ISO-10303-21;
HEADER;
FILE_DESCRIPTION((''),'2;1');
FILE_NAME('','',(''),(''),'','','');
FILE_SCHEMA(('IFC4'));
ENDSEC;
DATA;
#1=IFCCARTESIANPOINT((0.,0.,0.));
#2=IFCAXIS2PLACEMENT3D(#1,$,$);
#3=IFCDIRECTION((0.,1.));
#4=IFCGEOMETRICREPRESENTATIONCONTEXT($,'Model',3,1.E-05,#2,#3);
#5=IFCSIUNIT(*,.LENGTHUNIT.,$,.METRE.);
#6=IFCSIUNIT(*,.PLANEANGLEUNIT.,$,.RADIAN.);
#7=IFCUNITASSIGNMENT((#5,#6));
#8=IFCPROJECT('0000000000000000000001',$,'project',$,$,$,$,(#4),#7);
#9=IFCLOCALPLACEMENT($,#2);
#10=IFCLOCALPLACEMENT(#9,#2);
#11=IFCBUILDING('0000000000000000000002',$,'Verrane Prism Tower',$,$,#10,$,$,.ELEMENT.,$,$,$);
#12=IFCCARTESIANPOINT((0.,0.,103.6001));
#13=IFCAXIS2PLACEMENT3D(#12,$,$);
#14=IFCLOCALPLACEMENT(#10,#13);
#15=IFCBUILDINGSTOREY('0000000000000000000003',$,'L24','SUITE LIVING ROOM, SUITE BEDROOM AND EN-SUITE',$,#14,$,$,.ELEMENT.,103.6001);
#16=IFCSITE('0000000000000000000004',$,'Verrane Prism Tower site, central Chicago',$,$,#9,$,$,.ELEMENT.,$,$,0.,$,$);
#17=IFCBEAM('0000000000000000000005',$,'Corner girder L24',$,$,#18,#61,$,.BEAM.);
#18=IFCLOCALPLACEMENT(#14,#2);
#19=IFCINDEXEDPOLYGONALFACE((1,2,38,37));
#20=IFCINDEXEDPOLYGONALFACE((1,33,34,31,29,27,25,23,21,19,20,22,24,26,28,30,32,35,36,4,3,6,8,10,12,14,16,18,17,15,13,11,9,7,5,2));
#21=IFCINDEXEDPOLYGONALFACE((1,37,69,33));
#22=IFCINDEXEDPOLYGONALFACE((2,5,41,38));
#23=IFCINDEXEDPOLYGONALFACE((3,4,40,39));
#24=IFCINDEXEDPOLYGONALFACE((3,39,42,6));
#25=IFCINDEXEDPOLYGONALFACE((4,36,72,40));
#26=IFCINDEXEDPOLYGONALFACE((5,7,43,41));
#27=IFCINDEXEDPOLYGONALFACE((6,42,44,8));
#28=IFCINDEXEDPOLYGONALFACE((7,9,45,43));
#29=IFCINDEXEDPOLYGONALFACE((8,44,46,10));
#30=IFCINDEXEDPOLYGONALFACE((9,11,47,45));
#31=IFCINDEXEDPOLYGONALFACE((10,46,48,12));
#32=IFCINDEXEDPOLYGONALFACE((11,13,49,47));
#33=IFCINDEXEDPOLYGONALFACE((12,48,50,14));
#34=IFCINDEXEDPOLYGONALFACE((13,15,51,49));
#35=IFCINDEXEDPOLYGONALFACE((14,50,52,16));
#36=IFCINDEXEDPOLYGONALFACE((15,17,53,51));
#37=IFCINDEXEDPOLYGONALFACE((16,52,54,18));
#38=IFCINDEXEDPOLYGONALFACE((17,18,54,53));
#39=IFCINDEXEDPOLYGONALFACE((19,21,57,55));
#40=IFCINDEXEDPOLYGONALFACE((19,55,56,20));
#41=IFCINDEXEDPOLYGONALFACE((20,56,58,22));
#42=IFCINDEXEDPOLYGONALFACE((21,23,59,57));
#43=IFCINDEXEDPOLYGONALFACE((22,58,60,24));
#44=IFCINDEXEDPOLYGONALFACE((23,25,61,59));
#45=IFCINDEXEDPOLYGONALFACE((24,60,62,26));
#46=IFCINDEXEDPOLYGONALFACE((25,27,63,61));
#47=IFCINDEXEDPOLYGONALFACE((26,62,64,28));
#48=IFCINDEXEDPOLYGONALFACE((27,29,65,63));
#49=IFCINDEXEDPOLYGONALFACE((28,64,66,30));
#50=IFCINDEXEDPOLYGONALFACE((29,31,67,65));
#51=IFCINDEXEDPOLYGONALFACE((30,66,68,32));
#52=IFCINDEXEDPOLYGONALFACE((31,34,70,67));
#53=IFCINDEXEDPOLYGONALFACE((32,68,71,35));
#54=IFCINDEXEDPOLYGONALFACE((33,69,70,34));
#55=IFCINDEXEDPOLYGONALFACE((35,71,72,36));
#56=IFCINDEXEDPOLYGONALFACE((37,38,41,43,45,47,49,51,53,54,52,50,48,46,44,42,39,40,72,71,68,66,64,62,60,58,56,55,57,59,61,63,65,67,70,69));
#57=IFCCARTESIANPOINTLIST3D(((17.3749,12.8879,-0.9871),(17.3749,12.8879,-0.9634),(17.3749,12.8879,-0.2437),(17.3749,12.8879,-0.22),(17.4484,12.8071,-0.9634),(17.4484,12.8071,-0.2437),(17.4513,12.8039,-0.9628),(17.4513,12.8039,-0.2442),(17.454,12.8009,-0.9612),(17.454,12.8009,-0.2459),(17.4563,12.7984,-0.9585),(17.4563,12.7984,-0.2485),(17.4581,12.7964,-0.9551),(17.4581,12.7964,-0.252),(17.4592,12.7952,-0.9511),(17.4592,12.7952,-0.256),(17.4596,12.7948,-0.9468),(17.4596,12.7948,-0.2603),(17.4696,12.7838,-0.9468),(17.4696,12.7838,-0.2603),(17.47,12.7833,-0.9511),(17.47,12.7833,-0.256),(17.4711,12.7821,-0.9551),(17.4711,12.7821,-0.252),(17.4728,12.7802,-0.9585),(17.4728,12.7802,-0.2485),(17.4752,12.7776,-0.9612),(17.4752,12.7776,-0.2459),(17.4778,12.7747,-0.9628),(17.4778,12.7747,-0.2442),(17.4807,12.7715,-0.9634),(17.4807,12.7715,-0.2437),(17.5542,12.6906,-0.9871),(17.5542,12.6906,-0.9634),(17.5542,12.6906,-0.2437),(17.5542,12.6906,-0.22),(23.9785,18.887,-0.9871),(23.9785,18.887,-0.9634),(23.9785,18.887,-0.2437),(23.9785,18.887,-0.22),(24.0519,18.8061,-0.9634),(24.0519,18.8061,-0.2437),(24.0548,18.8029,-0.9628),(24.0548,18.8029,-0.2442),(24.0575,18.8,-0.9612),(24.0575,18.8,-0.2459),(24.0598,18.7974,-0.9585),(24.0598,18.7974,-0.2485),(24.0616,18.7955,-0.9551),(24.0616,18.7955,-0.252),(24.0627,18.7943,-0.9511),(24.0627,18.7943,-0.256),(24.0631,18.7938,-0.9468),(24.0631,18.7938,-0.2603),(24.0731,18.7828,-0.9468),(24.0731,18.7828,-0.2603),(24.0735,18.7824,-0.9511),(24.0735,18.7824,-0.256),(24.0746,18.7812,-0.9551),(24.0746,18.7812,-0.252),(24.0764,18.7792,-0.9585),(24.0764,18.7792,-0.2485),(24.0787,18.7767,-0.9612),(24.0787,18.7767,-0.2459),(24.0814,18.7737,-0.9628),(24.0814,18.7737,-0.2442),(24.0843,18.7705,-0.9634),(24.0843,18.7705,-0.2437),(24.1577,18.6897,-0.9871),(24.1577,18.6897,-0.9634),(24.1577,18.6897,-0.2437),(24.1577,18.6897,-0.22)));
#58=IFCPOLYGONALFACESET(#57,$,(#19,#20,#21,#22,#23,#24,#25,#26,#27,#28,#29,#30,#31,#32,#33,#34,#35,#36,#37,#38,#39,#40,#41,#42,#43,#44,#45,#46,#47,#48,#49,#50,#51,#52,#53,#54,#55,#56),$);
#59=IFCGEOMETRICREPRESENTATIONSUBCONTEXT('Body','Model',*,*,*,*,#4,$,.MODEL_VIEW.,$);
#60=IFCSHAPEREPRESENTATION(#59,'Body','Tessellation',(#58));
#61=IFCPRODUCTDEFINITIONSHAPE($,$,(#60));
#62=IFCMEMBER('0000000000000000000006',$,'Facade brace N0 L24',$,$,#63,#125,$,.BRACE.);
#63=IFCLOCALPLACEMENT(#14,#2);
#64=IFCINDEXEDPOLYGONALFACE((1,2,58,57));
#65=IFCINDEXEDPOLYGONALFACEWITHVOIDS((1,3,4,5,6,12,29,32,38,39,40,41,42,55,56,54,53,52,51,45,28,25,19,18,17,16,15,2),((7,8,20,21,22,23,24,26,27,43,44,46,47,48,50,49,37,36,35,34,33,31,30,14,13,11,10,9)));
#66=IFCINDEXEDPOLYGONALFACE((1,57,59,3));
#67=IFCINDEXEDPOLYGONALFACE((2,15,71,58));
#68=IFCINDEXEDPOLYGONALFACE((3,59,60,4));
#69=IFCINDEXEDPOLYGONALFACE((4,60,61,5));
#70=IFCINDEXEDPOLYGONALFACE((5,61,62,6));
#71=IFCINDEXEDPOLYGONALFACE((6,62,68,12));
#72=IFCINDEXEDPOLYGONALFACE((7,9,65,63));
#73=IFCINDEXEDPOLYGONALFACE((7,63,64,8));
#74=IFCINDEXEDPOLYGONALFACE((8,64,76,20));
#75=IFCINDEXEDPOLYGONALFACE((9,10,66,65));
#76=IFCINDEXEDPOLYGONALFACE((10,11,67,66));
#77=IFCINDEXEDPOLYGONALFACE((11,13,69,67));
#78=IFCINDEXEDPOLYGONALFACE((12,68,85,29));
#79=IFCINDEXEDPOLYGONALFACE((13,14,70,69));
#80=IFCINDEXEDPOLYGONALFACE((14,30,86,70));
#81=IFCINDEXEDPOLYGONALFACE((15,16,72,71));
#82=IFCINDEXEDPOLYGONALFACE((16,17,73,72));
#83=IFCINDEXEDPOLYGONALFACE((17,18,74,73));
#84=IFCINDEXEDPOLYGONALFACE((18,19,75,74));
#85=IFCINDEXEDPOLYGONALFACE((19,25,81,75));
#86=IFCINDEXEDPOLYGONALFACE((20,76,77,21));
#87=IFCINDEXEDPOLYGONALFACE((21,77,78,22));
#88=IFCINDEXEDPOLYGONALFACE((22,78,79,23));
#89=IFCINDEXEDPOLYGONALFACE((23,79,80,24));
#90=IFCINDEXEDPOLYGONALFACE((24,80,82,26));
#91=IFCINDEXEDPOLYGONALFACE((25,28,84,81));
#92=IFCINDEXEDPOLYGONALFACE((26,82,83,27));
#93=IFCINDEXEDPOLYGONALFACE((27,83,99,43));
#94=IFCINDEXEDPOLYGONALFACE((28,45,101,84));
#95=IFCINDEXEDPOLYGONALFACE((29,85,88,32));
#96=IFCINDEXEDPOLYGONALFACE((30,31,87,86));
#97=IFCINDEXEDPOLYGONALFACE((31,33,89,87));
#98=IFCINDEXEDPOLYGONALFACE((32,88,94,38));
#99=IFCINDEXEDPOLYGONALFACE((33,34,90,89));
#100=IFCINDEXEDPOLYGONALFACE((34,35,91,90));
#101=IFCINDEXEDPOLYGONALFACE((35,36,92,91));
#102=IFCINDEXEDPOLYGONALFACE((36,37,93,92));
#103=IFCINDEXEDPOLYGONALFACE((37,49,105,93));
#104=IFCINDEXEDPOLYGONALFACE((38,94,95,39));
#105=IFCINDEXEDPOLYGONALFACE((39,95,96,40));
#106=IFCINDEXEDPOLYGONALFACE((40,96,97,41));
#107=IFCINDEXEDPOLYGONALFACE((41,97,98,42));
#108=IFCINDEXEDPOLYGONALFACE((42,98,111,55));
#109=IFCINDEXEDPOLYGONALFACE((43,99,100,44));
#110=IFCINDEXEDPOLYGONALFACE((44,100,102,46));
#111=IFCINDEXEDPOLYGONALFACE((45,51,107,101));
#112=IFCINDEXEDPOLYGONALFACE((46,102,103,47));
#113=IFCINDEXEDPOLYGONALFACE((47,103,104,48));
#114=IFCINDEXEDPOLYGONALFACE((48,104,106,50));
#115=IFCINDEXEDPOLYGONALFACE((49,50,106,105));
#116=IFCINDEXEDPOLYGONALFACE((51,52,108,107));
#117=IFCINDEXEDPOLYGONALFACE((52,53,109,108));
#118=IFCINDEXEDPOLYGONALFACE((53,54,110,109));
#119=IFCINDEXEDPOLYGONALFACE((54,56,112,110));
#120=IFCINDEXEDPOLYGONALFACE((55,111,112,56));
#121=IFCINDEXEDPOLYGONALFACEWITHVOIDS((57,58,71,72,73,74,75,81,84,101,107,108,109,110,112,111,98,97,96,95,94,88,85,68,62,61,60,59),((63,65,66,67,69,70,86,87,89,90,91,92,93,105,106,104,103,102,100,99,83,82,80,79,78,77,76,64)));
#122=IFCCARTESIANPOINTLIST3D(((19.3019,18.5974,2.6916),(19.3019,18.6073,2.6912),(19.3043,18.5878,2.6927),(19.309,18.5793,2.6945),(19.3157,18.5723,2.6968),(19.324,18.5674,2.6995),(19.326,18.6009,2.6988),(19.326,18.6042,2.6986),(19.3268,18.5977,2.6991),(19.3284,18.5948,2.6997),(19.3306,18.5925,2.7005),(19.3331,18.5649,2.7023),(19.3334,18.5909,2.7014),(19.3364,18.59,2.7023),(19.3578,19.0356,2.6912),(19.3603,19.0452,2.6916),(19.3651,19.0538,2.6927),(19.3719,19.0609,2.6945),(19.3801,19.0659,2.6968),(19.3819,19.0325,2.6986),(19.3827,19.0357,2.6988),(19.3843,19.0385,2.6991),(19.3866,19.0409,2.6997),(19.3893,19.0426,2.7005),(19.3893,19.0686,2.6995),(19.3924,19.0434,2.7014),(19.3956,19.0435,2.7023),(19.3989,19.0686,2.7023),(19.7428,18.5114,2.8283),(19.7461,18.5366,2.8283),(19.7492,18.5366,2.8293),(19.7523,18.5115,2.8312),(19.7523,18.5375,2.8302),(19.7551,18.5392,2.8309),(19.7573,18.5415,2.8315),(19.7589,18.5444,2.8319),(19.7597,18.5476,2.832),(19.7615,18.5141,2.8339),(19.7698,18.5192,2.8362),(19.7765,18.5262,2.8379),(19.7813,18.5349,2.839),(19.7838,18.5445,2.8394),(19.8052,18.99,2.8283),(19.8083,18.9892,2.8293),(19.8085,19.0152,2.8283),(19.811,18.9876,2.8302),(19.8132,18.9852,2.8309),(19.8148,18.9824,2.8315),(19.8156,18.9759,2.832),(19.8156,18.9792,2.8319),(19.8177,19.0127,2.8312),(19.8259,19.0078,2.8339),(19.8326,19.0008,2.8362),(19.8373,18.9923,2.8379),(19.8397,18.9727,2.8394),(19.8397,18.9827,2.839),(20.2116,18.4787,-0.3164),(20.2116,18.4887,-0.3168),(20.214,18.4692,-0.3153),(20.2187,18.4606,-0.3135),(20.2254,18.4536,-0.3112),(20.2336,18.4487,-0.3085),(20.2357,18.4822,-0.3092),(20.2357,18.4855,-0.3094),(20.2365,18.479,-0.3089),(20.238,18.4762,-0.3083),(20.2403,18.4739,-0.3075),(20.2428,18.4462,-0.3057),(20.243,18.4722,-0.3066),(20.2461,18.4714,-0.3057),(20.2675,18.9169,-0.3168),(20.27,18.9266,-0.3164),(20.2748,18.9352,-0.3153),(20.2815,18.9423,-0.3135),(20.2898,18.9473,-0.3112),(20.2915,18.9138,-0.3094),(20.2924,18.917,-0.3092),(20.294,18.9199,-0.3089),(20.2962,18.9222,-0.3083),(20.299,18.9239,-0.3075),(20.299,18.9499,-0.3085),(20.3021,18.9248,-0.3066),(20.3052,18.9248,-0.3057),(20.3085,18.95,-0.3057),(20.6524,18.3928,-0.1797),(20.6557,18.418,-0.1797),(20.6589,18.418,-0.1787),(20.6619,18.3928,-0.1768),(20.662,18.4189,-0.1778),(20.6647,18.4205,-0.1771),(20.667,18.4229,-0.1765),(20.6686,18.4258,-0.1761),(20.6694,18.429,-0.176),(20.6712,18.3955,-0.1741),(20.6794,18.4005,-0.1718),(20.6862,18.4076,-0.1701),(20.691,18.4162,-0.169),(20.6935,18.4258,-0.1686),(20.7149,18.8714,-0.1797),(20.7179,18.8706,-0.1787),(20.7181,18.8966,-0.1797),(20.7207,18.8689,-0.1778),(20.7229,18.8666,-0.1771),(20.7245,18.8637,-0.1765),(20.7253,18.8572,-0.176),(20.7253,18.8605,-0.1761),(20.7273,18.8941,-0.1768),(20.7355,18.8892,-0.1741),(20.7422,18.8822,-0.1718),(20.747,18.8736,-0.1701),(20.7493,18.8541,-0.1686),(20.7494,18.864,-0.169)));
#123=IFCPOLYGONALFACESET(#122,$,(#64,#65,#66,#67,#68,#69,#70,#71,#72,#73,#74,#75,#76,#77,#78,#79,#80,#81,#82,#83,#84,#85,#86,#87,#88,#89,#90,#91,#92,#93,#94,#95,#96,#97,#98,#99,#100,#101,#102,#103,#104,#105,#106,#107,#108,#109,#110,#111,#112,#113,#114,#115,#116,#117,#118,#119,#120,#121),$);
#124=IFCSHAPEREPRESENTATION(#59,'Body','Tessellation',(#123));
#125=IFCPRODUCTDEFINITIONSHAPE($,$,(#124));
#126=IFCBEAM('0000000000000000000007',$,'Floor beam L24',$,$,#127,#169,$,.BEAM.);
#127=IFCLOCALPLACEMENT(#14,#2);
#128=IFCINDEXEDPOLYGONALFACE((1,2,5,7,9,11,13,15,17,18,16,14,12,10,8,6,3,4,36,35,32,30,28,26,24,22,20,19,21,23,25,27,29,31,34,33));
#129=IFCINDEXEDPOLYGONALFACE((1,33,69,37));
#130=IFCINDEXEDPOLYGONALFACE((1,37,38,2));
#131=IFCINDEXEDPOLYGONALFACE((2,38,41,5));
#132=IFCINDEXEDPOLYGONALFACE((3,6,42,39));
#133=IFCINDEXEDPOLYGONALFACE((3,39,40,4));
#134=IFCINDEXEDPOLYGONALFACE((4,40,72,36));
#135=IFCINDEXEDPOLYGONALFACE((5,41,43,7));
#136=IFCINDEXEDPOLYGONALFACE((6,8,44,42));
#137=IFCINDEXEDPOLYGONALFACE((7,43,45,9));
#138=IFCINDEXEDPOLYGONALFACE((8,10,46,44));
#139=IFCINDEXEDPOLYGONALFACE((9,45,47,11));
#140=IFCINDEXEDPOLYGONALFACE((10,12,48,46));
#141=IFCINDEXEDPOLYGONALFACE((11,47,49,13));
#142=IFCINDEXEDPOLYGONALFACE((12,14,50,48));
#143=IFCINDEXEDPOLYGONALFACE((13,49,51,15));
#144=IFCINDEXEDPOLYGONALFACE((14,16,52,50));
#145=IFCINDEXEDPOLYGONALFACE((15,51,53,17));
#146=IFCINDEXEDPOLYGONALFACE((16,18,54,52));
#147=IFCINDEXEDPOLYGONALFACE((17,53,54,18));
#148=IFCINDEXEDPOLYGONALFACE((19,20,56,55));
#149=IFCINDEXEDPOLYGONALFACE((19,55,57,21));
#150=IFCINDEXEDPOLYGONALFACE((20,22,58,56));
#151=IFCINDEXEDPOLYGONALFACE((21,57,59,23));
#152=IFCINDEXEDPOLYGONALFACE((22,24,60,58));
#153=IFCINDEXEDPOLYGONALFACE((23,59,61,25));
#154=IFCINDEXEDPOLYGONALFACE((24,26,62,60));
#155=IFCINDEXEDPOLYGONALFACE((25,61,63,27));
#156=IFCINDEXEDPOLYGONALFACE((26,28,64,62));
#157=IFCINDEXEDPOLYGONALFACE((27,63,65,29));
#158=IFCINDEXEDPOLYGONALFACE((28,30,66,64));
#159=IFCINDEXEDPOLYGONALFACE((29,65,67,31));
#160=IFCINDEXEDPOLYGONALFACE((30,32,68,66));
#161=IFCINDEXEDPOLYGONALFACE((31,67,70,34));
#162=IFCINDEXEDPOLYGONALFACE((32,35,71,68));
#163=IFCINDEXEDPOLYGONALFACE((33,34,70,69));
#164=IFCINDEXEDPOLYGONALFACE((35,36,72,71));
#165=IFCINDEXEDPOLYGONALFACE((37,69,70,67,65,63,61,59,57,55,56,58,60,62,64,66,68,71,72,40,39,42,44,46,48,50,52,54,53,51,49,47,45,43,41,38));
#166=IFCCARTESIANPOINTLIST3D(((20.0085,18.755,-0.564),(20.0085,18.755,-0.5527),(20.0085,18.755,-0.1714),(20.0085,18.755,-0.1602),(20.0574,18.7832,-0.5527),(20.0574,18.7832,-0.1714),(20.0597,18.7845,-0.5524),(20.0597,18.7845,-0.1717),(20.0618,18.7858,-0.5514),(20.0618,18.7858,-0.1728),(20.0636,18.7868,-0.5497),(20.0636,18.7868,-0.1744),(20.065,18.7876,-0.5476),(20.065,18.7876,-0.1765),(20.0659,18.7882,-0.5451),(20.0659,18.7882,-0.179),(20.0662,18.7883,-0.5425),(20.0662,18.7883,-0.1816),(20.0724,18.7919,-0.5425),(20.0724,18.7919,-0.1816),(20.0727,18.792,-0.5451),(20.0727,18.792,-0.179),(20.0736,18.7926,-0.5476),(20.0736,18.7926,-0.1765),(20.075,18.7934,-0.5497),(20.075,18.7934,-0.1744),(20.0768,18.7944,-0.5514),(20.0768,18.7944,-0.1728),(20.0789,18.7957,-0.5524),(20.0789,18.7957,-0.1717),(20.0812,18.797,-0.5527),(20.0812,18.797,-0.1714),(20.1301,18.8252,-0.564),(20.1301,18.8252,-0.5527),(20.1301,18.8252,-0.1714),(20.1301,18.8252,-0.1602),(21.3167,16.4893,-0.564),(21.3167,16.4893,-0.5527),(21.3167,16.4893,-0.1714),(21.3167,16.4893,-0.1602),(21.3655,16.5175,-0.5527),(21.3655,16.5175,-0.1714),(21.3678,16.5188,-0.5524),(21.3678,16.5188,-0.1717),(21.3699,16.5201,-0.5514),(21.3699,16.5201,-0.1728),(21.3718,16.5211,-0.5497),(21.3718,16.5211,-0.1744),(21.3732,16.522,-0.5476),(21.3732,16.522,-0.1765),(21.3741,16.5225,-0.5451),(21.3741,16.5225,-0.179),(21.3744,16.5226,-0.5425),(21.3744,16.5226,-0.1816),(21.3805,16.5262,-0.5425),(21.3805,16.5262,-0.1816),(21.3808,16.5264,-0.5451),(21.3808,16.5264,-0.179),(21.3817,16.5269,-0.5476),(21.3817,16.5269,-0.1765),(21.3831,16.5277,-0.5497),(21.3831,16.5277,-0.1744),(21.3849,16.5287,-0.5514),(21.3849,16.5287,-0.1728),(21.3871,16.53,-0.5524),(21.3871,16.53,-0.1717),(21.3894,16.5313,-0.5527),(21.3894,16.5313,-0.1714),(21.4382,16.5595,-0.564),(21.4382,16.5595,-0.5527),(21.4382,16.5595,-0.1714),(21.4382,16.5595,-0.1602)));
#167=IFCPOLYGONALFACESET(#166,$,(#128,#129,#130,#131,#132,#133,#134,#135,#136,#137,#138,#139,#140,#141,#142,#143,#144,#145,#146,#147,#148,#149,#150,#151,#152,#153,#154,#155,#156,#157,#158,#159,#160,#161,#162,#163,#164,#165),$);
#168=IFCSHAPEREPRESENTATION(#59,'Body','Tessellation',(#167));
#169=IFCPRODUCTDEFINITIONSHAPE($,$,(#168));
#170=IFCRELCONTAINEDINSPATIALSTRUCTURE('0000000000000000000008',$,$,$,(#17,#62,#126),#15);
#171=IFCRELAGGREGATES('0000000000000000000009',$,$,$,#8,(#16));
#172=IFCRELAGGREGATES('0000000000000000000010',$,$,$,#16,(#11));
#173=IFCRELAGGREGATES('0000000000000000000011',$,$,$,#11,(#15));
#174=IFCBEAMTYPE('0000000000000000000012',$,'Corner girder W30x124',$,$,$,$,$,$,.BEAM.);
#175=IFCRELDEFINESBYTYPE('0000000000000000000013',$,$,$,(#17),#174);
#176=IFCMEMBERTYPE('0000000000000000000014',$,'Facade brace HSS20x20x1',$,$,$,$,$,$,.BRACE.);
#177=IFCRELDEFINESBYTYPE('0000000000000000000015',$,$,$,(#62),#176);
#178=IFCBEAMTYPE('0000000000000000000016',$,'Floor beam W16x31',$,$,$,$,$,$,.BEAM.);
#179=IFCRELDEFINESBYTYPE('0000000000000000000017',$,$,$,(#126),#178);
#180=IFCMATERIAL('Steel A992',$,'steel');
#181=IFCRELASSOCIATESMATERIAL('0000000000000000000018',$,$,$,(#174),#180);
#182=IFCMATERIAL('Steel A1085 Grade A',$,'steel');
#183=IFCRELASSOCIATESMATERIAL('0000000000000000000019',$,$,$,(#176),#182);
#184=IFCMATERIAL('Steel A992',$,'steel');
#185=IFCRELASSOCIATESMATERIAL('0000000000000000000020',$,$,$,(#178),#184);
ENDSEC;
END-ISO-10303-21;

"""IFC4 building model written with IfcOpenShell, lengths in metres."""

from ifc_helpers import new_model, si_unit, direction, frame, origin, origin_2d, place, context, subcontext, project, spatial, hollow_rectangle, i_section, extrude, material, material_profile, profile_set, type_object, element, save


model = new_model("IFC4")

# Units and contexts
model_context = context("Model", 3, precision=1e-05, world=origin(), true_north=direction((0.0, 1.0)))
body_context = subcontext(model_context, "Body", "Model", "MODEL_VIEW")
ifc_project = project(units=[si_unit("LENGTHUNIT", "METRE"), si_unit("PLANEANGLEUNIT", "RADIAN")], contexts=[model_context])

# Site, building, storey
site_placement = place(None, origin())
site = spatial("IfcSite", under=ifc_project, at=site_placement, Name="Verrane Prism Tower site, central Chicago", CompositionType="ELEMENT", RefElevation=0.0)
building_placement = place(site_placement, origin())
building = spatial("IfcBuilding", under=site, at=building_placement, Name="Verrane Prism Tower", CompositionType="ELEMENT")
storey_placement = place(building_placement, frame((0.0, 0.0, 103.6001)))
storey = spatial("IfcBuildingStorey", under=building, at=storey_placement, Name="L24", Description="SUITE LIVING ROOM, SUITE BEDROOM AND EN-SUITE", CompositionType="ELEMENT", Elevation=103.6001)

# Beam
ifc_material_1 = material(Name="Steel A992", Category="steel")
ifc_material_profile_1 = material_profile(ifc_material_1, i_section(OverallWidth=0.2666, OverallDepth=0.7671, WebThickness=0.0149, FlangeThickness=0.0237, FilletRadius=0.0166, at=origin_2d()), Name="W30x124")
ifc_profile_set_1 = profile_set([ifc_material_profile_1], Name="Steel A992")
beam_type_1 = type_object("IfcBeamType", Name="Corner girder W30x124", PredefinedType="BEAM", material=ifc_profile_set_1)
beam_1_placement = place(storey_placement, frame((24.0681, 18.7883, -0.6035), z_axis=(-0.740173, -0.672417, 0.0), x_axis=(0.672417, -0.740173, 0.0)))
element("IfcBeam", 1, at=beam_1_placement, inside=storey, type_object=beam_type_1, Name="Corner girder L24", PredefinedType="BEAM", context=body_context, shape_type="SweptSolid", body=[
    extrude(i_section(OverallWidth=0.2666, OverallDepth=0.7671, WebThickness=0.0149, FlangeThickness=0.0237, FilletRadius=0.0166, at=origin_2d()), origin(), (0.0, 0.0, 1.0), 8.9216),
])

# Member
ifc_material_2 = material(Name="Steel A1085 Grade A", Category="steel")
ifc_material_profile_2 = material_profile(ifc_material_2, hollow_rectangle(XDim=0.5081, YDim=0.5081, WallThickness=0.0254, InnerFilletRadius=0.0127, OuterFilletRadius=0.0381, at=origin_2d()), Name="HSS20x20x1")
ifc_profile_set_2 = profile_set([ifc_material_profile_2], Name="Steel A1085 Grade A")
member_type_1 = type_object("IfcMemberType", Name="Facade brace HSS20x20x1", PredefinedType="BRACE", material=ifc_profile_set_2)
member_1_placement = place(storey_placement, frame((20.4805, 18.6714, -0.2427), z_axis=(-0.289258, 0.037729, 0.956507), x_axis=(-0.129339, -0.9916, 0.0)))
element("IfcMember", 2, at=member_1_placement, inside=storey, type_object=member_type_1, Name="Facade brace N0 L24", PredefinedType="BRACE", context=body_context, shape_type="SweptSolid", body=[
    extrude(hollow_rectangle(XDim=0.5081, YDim=0.5081, WallThickness=0.0254, InnerFilletRadius=0.0127, OuterFilletRadius=0.0381, at=origin_2d()), origin(), (0.0, 0.0, 1.0), 3.1448),
])

# Beam
ifc_material_3 = material(Name="Steel A992", Category="steel")
ifc_material_profile_3 = material_profile(ifc_material_3, i_section(OverallWidth=0.1404, OverallDepth=0.4038, WebThickness=0.0071, FlangeThickness=0.0112, FilletRadius=0.0103, at=origin_2d()), Name="W16x31")
ifc_profile_set_3 = profile_set([ifc_material_profile_3], Name="Steel A992")
beam_type_2 = type_object("IfcBeamType", Name="Floor beam W16x31", PredefinedType="BEAM", material=ifc_profile_set_3)
beam_2_placement = place(storey_placement, frame((21.3774, 16.5244, -0.3621), z_axis=(-0.500013, 0.866018, 0.0), x_axis=(-0.866018, -0.500013, 0.0)))
element("IfcBeam", 3, at=beam_2_placement, inside=storey, type_object=beam_type_2, Name="Floor beam L24", PredefinedType="BEAM", context=body_context, shape_type="SweptSolid", body=[
    extrude(i_section(OverallWidth=0.1404, OverallDepth=0.4038, WebThickness=0.0071, FlangeThickness=0.0112, FilletRadius=0.0103, at=origin_2d()), origin(), (0.0, 0.0, 1.0), 2.6162),
])

save(model, "model.ifc")
